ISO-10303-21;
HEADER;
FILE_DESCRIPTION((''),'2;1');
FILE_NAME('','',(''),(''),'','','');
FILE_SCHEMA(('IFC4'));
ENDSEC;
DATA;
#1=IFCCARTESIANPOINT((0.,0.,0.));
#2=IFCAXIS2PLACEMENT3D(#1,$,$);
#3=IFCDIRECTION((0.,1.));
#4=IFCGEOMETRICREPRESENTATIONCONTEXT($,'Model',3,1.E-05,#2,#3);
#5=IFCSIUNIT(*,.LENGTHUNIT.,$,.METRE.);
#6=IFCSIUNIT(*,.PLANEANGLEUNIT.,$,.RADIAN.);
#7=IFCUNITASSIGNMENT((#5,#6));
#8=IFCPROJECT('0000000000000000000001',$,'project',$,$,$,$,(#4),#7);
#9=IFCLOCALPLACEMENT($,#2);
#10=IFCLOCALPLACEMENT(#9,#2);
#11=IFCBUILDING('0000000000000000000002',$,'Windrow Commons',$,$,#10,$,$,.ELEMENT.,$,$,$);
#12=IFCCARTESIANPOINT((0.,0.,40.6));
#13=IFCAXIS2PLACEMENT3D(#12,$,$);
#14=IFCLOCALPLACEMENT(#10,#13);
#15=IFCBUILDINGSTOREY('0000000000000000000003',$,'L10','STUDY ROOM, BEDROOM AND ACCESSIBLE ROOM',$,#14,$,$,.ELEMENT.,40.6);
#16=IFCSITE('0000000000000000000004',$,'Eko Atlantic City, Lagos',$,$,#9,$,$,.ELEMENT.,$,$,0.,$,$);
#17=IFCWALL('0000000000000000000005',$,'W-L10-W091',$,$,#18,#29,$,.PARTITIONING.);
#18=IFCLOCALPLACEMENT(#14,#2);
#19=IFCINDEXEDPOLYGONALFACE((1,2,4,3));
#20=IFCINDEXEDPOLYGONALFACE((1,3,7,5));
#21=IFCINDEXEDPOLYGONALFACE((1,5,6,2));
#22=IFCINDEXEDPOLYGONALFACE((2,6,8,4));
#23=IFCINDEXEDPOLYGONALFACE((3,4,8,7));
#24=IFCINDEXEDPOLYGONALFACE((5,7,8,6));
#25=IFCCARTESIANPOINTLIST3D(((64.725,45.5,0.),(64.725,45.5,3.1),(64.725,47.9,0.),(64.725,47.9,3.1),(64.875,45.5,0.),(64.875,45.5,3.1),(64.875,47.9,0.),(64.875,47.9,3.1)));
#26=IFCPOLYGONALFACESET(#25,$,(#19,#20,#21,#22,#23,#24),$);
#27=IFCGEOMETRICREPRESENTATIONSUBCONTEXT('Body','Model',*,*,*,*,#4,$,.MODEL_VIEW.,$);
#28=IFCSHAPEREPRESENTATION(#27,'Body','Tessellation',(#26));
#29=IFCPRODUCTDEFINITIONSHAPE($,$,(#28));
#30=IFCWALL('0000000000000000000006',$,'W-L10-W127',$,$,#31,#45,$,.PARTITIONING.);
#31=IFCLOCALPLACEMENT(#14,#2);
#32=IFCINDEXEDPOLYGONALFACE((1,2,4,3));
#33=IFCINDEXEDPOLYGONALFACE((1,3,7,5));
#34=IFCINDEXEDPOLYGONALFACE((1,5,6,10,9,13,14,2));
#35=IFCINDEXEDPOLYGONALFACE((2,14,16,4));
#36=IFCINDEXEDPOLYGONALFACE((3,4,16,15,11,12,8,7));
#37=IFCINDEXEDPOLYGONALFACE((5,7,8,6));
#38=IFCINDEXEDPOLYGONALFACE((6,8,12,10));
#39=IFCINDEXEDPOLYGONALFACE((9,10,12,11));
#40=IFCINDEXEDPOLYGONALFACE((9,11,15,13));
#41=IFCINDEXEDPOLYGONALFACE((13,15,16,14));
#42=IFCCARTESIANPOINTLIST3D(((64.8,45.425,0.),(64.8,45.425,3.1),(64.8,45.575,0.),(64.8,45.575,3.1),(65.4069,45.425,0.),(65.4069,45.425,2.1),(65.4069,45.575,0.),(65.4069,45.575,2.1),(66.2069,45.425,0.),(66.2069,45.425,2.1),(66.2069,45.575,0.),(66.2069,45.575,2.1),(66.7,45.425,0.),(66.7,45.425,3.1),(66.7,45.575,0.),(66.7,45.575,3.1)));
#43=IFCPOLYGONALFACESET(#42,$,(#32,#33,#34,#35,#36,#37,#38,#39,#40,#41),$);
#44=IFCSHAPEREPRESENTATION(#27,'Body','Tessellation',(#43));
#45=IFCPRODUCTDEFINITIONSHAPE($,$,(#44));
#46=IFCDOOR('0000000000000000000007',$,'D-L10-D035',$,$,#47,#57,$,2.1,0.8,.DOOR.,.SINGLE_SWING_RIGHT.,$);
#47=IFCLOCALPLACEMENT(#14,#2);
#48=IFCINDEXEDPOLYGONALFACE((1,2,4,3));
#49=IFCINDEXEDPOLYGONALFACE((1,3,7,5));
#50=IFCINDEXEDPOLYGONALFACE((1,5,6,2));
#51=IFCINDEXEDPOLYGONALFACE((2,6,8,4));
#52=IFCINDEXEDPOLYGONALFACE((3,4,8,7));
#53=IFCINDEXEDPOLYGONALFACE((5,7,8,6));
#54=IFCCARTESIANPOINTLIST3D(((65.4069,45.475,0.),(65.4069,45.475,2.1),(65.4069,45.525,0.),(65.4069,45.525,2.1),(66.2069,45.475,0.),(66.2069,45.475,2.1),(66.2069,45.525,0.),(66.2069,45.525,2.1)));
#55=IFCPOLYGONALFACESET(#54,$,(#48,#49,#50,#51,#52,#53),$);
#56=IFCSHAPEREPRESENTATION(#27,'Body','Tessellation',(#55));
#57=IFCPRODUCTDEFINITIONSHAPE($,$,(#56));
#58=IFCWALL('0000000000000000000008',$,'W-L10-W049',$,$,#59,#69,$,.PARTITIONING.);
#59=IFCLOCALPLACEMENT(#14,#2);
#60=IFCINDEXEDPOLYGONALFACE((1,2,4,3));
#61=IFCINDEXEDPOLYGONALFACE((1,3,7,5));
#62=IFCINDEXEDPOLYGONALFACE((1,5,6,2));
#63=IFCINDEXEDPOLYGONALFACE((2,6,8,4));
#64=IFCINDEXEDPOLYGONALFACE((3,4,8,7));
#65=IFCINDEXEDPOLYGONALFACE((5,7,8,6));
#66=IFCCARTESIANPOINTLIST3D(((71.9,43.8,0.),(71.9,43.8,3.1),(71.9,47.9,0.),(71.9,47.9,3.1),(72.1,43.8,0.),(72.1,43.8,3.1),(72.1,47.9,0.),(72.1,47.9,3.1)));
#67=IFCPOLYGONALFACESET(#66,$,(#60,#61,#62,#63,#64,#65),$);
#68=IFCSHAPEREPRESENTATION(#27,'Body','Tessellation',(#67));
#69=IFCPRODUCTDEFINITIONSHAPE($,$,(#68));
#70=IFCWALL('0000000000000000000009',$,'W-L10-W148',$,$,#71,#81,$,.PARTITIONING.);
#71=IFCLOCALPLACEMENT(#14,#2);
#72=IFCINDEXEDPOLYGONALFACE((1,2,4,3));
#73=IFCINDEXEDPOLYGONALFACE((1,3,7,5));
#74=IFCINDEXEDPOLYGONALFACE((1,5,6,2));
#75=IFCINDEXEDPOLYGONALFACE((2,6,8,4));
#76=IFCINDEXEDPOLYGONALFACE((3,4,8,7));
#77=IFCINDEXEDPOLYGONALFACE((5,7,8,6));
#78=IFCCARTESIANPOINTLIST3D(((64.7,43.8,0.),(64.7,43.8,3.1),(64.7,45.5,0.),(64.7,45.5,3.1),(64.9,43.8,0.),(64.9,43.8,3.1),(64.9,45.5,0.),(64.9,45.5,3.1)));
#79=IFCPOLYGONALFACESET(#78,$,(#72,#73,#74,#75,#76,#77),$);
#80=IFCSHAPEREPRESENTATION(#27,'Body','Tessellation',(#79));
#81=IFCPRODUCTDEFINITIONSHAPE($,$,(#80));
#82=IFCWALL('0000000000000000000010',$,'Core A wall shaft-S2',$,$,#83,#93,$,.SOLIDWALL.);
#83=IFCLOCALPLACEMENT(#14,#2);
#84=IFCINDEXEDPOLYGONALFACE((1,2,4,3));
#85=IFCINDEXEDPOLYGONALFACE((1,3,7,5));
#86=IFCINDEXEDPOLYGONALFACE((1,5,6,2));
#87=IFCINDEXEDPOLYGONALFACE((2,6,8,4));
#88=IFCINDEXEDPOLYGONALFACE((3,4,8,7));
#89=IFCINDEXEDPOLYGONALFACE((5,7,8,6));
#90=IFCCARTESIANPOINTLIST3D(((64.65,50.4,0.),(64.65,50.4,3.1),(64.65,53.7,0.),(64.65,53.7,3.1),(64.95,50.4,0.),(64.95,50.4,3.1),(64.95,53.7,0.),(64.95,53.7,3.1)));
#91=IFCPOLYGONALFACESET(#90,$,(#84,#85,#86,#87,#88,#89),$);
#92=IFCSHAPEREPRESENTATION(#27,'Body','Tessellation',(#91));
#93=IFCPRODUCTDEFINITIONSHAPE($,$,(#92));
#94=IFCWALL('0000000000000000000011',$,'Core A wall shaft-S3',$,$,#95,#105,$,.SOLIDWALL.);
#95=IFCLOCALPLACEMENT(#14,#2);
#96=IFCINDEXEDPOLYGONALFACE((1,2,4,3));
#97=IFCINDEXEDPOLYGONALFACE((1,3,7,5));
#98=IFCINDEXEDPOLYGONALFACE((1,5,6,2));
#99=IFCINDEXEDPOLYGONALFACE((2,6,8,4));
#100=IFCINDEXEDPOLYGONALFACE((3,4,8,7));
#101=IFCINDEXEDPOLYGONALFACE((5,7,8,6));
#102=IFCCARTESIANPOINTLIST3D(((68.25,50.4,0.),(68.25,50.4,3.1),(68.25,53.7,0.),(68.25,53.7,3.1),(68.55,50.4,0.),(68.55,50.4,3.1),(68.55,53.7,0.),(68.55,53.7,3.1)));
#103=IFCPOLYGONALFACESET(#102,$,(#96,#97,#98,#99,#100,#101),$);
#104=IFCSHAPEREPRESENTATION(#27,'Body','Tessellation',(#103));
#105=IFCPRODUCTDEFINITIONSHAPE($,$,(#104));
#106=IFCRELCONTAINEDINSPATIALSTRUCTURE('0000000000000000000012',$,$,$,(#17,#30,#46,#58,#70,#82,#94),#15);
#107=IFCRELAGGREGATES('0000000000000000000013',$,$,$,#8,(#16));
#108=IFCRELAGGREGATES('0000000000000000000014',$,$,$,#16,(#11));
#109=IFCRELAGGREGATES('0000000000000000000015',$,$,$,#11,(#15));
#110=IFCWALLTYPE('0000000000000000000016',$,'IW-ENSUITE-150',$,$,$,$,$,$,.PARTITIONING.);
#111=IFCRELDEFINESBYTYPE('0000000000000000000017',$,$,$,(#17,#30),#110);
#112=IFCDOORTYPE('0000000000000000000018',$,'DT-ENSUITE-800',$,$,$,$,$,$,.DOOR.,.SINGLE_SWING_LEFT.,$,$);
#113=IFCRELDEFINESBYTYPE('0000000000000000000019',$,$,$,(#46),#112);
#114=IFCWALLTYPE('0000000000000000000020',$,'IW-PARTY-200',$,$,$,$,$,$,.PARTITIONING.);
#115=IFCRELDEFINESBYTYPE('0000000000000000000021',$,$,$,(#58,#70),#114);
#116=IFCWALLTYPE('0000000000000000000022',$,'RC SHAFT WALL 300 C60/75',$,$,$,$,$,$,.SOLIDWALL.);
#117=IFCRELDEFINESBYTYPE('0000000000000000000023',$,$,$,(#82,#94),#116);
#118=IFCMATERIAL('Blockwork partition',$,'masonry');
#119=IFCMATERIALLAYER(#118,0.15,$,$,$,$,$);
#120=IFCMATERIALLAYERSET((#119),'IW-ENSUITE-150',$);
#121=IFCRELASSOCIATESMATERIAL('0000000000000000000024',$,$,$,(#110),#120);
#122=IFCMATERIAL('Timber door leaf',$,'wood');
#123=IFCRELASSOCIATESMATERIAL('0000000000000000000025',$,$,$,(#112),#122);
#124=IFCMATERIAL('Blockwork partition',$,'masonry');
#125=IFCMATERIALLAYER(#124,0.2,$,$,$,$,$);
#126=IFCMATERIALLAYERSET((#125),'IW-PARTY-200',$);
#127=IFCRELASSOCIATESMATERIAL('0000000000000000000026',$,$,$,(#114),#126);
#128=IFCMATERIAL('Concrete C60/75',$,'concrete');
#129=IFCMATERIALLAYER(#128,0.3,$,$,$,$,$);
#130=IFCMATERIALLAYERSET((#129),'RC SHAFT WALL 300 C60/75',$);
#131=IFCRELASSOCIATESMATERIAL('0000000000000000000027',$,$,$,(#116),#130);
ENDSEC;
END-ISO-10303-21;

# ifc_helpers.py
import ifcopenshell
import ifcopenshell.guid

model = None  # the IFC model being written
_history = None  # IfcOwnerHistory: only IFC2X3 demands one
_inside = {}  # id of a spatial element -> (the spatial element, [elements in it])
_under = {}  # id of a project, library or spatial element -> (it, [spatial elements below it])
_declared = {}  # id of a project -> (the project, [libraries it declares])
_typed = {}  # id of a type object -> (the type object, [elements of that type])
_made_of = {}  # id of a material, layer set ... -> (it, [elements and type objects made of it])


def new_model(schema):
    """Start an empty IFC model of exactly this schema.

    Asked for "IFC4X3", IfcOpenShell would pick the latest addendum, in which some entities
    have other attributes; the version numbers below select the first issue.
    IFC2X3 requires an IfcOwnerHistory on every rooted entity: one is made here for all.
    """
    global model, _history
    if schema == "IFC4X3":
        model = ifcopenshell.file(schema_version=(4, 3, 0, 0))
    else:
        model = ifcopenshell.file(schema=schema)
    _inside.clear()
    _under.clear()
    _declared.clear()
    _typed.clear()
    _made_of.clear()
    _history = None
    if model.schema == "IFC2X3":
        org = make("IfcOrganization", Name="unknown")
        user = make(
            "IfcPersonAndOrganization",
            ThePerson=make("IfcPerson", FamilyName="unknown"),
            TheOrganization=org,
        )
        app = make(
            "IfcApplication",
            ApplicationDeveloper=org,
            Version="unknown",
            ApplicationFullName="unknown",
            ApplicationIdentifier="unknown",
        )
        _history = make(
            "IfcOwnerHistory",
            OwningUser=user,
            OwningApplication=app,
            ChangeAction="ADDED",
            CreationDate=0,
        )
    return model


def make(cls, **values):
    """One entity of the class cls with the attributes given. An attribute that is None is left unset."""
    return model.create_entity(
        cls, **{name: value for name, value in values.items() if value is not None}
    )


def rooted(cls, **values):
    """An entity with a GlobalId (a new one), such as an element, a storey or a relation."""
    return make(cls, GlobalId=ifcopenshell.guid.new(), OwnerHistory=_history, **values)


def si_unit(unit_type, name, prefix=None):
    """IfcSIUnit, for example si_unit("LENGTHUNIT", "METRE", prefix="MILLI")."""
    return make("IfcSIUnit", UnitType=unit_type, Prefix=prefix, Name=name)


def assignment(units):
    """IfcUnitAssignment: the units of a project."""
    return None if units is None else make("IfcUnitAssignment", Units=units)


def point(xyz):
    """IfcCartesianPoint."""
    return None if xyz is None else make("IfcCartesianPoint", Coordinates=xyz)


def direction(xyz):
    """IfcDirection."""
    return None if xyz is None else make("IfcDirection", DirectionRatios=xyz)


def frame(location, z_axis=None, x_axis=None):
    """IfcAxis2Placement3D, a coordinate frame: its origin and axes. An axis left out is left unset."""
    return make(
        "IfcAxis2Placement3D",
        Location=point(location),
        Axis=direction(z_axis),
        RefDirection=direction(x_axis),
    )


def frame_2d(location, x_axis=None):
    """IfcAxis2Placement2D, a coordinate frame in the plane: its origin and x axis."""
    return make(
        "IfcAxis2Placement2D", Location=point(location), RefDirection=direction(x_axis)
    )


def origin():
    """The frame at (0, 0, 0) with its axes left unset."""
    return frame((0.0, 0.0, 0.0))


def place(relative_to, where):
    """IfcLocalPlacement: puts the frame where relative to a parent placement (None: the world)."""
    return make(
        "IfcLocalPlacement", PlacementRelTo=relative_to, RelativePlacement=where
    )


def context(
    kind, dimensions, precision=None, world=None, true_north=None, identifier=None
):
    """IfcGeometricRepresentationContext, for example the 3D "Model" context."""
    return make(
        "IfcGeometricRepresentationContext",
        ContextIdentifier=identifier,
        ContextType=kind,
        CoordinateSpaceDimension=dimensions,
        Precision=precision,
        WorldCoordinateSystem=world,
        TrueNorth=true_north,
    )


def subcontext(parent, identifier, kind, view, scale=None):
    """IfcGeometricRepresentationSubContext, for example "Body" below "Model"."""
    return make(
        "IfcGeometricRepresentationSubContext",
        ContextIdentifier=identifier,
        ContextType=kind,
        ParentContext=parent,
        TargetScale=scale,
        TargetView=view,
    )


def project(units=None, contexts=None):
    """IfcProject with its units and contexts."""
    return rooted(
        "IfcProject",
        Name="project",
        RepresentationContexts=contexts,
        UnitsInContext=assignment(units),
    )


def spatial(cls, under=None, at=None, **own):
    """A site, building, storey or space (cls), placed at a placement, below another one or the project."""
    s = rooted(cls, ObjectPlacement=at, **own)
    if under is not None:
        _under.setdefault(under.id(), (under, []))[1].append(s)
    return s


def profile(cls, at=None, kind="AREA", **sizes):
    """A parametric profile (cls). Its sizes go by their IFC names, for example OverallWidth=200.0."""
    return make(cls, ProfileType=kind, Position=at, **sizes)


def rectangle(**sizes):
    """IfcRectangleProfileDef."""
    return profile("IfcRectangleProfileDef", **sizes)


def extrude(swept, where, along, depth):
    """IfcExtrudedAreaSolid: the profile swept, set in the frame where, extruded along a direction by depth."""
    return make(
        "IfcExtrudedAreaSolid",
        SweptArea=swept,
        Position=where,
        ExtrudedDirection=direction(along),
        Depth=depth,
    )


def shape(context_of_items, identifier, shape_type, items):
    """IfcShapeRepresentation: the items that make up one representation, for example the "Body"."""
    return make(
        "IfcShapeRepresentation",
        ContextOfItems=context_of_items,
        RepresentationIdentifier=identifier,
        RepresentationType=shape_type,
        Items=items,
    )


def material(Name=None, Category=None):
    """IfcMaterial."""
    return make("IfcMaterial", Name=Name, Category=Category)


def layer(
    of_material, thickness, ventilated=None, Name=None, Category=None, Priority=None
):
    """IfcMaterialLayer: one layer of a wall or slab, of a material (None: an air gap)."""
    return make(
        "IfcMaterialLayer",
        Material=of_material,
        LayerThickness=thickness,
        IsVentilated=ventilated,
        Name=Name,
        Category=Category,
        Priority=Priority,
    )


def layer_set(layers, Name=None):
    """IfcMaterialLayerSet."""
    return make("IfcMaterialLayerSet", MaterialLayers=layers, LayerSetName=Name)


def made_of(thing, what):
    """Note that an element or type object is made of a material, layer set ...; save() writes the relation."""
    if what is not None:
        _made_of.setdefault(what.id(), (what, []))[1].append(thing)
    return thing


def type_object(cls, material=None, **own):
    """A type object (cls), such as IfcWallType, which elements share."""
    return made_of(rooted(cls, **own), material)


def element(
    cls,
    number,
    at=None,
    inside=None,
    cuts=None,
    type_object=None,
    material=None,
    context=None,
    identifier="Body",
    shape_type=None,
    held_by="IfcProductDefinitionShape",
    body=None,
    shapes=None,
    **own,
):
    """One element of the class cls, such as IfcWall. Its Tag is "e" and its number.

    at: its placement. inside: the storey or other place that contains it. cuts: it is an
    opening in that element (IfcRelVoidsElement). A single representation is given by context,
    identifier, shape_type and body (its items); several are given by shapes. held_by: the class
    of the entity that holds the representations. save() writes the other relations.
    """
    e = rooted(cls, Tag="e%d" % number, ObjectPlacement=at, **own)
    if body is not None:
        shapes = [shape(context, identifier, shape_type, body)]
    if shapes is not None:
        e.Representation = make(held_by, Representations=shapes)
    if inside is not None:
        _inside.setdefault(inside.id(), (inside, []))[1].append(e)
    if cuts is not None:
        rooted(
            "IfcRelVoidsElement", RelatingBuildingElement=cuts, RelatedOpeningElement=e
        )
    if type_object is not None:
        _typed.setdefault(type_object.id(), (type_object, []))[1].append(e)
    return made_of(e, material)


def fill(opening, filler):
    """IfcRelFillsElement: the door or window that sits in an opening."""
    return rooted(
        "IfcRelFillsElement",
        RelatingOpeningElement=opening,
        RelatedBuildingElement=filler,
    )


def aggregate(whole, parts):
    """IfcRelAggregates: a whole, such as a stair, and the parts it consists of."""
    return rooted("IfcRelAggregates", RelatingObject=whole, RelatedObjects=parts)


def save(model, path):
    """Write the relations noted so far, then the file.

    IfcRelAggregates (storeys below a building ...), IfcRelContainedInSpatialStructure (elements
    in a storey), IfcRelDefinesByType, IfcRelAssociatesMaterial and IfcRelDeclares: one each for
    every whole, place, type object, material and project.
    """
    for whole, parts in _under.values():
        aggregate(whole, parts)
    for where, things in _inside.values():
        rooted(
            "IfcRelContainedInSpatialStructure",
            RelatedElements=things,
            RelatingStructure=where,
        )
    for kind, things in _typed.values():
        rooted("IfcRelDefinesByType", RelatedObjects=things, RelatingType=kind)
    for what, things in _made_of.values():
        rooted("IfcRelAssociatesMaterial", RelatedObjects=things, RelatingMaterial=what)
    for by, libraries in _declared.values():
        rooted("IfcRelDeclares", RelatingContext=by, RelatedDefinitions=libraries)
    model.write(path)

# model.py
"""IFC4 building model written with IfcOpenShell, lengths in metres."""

from ifc_helpers import new_model, si_unit, direction, frame, frame_2d, origin, place, context, subcontext, project, spatial, rectangle, extrude, material, layer, layer_set, type_object, element, fill, save


model = new_model("IFC4")

# Units and contexts
model_context = context("Model", 3, precision=1e-05, world=origin(), true_north=direction((0.0, 1.0)))
body_context = subcontext(model_context, "Body", "Model", "MODEL_VIEW")
ifc_project = project(units=[si_unit("LENGTHUNIT", "METRE"), si_unit("PLANEANGLEUNIT", "RADIAN")], contexts=[model_context])

# Site, building, storey
site_placement = place(None, origin())
site = spatial("IfcSite", under=ifc_project, at=site_placement, Name="Eko Atlantic City, Lagos", CompositionType="ELEMENT", RefElevation=0.0)
building_placement = place(site_placement, origin())
building = spatial("IfcBuilding", under=site, at=building_placement, Name="Windrow Commons", CompositionType="ELEMENT")
storey_placement = place(building_placement, frame((0.0, 0.0, 40.6)))
storey = spatial("IfcBuildingStorey", under=building, at=storey_placement, Name="L10", Description="STUDY ROOM, BEDROOM AND ACCESSIBLE ROOM", CompositionType="ELEMENT", Elevation=40.6)

# Wall
ifc_material_1 = material(Name="Blockwork partition", Category="masonry")
ifc_layer_1 = layer(ifc_material_1, 0.15)
ifc_layer_set_1 = layer_set([ifc_layer_1], Name="IW-ENSUITE-150")
wall_type_1 = type_object("IfcWallType", Name="IW-ENSUITE-150", PredefinedType="PARTITIONING", material=ifc_layer_set_1)
for number, where, z_axis, x_axis, name in (
    (1, (64.8, 45.5, 0.0), (0.0, 0.0, 1.0), (0.0, 1.0, 0.0), "W-L10-W091"),
):
    element("IfcWall", number, at=place(storey_placement, frame(where, z_axis=z_axis, x_axis=x_axis)), inside=storey, type_object=wall_type_1, Name=name, PredefinedType="PARTITIONING", context=body_context, shape_type="SweptSolid", body=[
        extrude(rectangle(XDim=2.4, YDim=0.15, at=frame_2d((1.2, 0.0))), origin(), (0.0, 0.0, 1.0), 3.1),
    ])

# Wall, opening, door
wall_1_placement = place(storey_placement, frame((64.8, 45.5, 0.0), z_axis=(0.0, 0.0, 1.0), x_axis=(1.0, 0.0, 0.0)))
wall_1 = element("IfcWall", 2, at=wall_1_placement, inside=storey, type_object=wall_type_1, Name="W-L10-W127", PredefinedType="PARTITIONING", context=body_context, shape_type="SweptSolid", body=[
    extrude(rectangle(XDim=1.9, YDim=0.15, at=frame_2d((0.95, 0.0))), origin(), (0.0, 0.0, 1.0), 3.1),
])
opening_1_placement = place(wall_1_placement, frame((0.6069, 0.0, 0.0)))
opening_1 = element("IfcOpeningElement", 3, at=opening_1_placement, cuts=wall_1, PredefinedType="OPENING", context=body_context, shape_type="SweptSolid", body=[
    extrude(rectangle(XDim=0.8, YDim=2.1, at=frame_2d((0.4, 1.05))), frame((0.0, 0.085, 0.0), z_axis=(0.0, -1.0, 0.0), x_axis=(1.0, 0.0, 0.0)), (0.0, 0.0, 1.0), 0.17),
])
ifc_material_2 = material(Name="Timber door leaf", Category="wood")
door_type_1 = type_object("IfcDoorType", Name="DT-ENSUITE-800", OperationType="SINGLE_SWING_LEFT", PredefinedType="DOOR", material=ifc_material_2)
door_1_placement = place(opening_1_placement, origin())
door_1 = element("IfcDoor", 4, at=door_1_placement, inside=storey, type_object=door_type_1, Name="D-L10-D035", OperationType="SINGLE_SWING_RIGHT", OverallHeight=2.1, OverallWidth=0.8, PredefinedType="DOOR", context=body_context, shape_type="SweptSolid", body=[
    extrude(rectangle(XDim=0.8, YDim=2.1, at=frame_2d((0.4, 1.05))), frame((0.0, 0.025, 0.0), z_axis=(0.0, -1.0, 0.0), x_axis=(1.0, 0.0, 0.0)), (0.0, 0.0, 1.0), 0.05),
])
fill(opening_1, door_1)

# Walls
ifc_material_3 = material(Name="Blockwork partition", Category="masonry")
ifc_layer_2 = layer(ifc_material_3, 0.2)
ifc_layer_set_2 = layer_set([ifc_layer_2], Name="IW-PARTY-200")
wall_type_2 = type_object("IfcWallType", Name="IW-PARTY-200", PredefinedType="PARTITIONING", material=ifc_layer_set_2)
wall_2_placement = place(storey_placement, frame((72.0, 43.8, 0.0), z_axis=(0.0, 0.0, 1.0), x_axis=(0.0, 1.0, 0.0)))
element("IfcWall", 5, at=wall_2_placement, inside=storey, type_object=wall_type_2, Name="W-L10-W049", PredefinedType="PARTITIONING", context=body_context, shape_type="SweptSolid", body=[
    extrude(rectangle(XDim=4.1, YDim=0.2, at=frame_2d((2.05, 0.0))), origin(), (0.0, 0.0, 1.0), 3.1),
])
wall_3_placement = place(storey_placement, frame((64.8, 43.8, 0.0), z_axis=(0.0, 0.0, 1.0), x_axis=(0.0, 1.0, 0.0)))
element("IfcWall", 6, at=wall_3_placement, inside=storey, type_object=wall_type_2, Name="W-L10-W148", PredefinedType="PARTITIONING", context=body_context, shape_type="SweptSolid", body=[
    extrude(rectangle(XDim=1.7, YDim=0.2, at=frame_2d((0.85, 0.0))), origin(), (0.0, 0.0, 1.0), 3.1),
])
ifc_material_4 = material(Name="Concrete C60/75", Category="concrete")
ifc_layer_3 = layer(ifc_material_4, 0.3)
ifc_layer_set_3 = layer_set([ifc_layer_3], Name="RC SHAFT WALL 300 C60/75")
wall_type_3 = type_object("IfcWallType", Name="RC SHAFT WALL 300 C60/75", PredefinedType="SOLIDWALL", material=ifc_layer_set_3)
for number, where, z_axis, x_axis, name in (
    (7, (64.8, 50.4, 0.0), (0.0, 0.0, 1.0), (0.0, 1.0, 0.0), "Core A wall shaft-S2"),
    (8, (68.4, 50.4, 0.0), (0.0, 0.0, 1.0), (0.0, 1.0, 0.0), "Core A wall shaft-S3"),
):
    element("IfcWall", number, at=place(storey_placement, frame(where, z_axis=z_axis, x_axis=x_axis)), inside=storey, type_object=wall_type_3, Name=name, PredefinedType="SOLIDWALL", context=body_context, shape_type="SweptSolid", body=[
        extrude(rectangle(XDim=3.3, YDim=0.3, at=frame_2d((1.65, 0.0))), origin(), (0.0, 0.0, 1.0), 3.1),
    ])

save(model, "model.ifc")
